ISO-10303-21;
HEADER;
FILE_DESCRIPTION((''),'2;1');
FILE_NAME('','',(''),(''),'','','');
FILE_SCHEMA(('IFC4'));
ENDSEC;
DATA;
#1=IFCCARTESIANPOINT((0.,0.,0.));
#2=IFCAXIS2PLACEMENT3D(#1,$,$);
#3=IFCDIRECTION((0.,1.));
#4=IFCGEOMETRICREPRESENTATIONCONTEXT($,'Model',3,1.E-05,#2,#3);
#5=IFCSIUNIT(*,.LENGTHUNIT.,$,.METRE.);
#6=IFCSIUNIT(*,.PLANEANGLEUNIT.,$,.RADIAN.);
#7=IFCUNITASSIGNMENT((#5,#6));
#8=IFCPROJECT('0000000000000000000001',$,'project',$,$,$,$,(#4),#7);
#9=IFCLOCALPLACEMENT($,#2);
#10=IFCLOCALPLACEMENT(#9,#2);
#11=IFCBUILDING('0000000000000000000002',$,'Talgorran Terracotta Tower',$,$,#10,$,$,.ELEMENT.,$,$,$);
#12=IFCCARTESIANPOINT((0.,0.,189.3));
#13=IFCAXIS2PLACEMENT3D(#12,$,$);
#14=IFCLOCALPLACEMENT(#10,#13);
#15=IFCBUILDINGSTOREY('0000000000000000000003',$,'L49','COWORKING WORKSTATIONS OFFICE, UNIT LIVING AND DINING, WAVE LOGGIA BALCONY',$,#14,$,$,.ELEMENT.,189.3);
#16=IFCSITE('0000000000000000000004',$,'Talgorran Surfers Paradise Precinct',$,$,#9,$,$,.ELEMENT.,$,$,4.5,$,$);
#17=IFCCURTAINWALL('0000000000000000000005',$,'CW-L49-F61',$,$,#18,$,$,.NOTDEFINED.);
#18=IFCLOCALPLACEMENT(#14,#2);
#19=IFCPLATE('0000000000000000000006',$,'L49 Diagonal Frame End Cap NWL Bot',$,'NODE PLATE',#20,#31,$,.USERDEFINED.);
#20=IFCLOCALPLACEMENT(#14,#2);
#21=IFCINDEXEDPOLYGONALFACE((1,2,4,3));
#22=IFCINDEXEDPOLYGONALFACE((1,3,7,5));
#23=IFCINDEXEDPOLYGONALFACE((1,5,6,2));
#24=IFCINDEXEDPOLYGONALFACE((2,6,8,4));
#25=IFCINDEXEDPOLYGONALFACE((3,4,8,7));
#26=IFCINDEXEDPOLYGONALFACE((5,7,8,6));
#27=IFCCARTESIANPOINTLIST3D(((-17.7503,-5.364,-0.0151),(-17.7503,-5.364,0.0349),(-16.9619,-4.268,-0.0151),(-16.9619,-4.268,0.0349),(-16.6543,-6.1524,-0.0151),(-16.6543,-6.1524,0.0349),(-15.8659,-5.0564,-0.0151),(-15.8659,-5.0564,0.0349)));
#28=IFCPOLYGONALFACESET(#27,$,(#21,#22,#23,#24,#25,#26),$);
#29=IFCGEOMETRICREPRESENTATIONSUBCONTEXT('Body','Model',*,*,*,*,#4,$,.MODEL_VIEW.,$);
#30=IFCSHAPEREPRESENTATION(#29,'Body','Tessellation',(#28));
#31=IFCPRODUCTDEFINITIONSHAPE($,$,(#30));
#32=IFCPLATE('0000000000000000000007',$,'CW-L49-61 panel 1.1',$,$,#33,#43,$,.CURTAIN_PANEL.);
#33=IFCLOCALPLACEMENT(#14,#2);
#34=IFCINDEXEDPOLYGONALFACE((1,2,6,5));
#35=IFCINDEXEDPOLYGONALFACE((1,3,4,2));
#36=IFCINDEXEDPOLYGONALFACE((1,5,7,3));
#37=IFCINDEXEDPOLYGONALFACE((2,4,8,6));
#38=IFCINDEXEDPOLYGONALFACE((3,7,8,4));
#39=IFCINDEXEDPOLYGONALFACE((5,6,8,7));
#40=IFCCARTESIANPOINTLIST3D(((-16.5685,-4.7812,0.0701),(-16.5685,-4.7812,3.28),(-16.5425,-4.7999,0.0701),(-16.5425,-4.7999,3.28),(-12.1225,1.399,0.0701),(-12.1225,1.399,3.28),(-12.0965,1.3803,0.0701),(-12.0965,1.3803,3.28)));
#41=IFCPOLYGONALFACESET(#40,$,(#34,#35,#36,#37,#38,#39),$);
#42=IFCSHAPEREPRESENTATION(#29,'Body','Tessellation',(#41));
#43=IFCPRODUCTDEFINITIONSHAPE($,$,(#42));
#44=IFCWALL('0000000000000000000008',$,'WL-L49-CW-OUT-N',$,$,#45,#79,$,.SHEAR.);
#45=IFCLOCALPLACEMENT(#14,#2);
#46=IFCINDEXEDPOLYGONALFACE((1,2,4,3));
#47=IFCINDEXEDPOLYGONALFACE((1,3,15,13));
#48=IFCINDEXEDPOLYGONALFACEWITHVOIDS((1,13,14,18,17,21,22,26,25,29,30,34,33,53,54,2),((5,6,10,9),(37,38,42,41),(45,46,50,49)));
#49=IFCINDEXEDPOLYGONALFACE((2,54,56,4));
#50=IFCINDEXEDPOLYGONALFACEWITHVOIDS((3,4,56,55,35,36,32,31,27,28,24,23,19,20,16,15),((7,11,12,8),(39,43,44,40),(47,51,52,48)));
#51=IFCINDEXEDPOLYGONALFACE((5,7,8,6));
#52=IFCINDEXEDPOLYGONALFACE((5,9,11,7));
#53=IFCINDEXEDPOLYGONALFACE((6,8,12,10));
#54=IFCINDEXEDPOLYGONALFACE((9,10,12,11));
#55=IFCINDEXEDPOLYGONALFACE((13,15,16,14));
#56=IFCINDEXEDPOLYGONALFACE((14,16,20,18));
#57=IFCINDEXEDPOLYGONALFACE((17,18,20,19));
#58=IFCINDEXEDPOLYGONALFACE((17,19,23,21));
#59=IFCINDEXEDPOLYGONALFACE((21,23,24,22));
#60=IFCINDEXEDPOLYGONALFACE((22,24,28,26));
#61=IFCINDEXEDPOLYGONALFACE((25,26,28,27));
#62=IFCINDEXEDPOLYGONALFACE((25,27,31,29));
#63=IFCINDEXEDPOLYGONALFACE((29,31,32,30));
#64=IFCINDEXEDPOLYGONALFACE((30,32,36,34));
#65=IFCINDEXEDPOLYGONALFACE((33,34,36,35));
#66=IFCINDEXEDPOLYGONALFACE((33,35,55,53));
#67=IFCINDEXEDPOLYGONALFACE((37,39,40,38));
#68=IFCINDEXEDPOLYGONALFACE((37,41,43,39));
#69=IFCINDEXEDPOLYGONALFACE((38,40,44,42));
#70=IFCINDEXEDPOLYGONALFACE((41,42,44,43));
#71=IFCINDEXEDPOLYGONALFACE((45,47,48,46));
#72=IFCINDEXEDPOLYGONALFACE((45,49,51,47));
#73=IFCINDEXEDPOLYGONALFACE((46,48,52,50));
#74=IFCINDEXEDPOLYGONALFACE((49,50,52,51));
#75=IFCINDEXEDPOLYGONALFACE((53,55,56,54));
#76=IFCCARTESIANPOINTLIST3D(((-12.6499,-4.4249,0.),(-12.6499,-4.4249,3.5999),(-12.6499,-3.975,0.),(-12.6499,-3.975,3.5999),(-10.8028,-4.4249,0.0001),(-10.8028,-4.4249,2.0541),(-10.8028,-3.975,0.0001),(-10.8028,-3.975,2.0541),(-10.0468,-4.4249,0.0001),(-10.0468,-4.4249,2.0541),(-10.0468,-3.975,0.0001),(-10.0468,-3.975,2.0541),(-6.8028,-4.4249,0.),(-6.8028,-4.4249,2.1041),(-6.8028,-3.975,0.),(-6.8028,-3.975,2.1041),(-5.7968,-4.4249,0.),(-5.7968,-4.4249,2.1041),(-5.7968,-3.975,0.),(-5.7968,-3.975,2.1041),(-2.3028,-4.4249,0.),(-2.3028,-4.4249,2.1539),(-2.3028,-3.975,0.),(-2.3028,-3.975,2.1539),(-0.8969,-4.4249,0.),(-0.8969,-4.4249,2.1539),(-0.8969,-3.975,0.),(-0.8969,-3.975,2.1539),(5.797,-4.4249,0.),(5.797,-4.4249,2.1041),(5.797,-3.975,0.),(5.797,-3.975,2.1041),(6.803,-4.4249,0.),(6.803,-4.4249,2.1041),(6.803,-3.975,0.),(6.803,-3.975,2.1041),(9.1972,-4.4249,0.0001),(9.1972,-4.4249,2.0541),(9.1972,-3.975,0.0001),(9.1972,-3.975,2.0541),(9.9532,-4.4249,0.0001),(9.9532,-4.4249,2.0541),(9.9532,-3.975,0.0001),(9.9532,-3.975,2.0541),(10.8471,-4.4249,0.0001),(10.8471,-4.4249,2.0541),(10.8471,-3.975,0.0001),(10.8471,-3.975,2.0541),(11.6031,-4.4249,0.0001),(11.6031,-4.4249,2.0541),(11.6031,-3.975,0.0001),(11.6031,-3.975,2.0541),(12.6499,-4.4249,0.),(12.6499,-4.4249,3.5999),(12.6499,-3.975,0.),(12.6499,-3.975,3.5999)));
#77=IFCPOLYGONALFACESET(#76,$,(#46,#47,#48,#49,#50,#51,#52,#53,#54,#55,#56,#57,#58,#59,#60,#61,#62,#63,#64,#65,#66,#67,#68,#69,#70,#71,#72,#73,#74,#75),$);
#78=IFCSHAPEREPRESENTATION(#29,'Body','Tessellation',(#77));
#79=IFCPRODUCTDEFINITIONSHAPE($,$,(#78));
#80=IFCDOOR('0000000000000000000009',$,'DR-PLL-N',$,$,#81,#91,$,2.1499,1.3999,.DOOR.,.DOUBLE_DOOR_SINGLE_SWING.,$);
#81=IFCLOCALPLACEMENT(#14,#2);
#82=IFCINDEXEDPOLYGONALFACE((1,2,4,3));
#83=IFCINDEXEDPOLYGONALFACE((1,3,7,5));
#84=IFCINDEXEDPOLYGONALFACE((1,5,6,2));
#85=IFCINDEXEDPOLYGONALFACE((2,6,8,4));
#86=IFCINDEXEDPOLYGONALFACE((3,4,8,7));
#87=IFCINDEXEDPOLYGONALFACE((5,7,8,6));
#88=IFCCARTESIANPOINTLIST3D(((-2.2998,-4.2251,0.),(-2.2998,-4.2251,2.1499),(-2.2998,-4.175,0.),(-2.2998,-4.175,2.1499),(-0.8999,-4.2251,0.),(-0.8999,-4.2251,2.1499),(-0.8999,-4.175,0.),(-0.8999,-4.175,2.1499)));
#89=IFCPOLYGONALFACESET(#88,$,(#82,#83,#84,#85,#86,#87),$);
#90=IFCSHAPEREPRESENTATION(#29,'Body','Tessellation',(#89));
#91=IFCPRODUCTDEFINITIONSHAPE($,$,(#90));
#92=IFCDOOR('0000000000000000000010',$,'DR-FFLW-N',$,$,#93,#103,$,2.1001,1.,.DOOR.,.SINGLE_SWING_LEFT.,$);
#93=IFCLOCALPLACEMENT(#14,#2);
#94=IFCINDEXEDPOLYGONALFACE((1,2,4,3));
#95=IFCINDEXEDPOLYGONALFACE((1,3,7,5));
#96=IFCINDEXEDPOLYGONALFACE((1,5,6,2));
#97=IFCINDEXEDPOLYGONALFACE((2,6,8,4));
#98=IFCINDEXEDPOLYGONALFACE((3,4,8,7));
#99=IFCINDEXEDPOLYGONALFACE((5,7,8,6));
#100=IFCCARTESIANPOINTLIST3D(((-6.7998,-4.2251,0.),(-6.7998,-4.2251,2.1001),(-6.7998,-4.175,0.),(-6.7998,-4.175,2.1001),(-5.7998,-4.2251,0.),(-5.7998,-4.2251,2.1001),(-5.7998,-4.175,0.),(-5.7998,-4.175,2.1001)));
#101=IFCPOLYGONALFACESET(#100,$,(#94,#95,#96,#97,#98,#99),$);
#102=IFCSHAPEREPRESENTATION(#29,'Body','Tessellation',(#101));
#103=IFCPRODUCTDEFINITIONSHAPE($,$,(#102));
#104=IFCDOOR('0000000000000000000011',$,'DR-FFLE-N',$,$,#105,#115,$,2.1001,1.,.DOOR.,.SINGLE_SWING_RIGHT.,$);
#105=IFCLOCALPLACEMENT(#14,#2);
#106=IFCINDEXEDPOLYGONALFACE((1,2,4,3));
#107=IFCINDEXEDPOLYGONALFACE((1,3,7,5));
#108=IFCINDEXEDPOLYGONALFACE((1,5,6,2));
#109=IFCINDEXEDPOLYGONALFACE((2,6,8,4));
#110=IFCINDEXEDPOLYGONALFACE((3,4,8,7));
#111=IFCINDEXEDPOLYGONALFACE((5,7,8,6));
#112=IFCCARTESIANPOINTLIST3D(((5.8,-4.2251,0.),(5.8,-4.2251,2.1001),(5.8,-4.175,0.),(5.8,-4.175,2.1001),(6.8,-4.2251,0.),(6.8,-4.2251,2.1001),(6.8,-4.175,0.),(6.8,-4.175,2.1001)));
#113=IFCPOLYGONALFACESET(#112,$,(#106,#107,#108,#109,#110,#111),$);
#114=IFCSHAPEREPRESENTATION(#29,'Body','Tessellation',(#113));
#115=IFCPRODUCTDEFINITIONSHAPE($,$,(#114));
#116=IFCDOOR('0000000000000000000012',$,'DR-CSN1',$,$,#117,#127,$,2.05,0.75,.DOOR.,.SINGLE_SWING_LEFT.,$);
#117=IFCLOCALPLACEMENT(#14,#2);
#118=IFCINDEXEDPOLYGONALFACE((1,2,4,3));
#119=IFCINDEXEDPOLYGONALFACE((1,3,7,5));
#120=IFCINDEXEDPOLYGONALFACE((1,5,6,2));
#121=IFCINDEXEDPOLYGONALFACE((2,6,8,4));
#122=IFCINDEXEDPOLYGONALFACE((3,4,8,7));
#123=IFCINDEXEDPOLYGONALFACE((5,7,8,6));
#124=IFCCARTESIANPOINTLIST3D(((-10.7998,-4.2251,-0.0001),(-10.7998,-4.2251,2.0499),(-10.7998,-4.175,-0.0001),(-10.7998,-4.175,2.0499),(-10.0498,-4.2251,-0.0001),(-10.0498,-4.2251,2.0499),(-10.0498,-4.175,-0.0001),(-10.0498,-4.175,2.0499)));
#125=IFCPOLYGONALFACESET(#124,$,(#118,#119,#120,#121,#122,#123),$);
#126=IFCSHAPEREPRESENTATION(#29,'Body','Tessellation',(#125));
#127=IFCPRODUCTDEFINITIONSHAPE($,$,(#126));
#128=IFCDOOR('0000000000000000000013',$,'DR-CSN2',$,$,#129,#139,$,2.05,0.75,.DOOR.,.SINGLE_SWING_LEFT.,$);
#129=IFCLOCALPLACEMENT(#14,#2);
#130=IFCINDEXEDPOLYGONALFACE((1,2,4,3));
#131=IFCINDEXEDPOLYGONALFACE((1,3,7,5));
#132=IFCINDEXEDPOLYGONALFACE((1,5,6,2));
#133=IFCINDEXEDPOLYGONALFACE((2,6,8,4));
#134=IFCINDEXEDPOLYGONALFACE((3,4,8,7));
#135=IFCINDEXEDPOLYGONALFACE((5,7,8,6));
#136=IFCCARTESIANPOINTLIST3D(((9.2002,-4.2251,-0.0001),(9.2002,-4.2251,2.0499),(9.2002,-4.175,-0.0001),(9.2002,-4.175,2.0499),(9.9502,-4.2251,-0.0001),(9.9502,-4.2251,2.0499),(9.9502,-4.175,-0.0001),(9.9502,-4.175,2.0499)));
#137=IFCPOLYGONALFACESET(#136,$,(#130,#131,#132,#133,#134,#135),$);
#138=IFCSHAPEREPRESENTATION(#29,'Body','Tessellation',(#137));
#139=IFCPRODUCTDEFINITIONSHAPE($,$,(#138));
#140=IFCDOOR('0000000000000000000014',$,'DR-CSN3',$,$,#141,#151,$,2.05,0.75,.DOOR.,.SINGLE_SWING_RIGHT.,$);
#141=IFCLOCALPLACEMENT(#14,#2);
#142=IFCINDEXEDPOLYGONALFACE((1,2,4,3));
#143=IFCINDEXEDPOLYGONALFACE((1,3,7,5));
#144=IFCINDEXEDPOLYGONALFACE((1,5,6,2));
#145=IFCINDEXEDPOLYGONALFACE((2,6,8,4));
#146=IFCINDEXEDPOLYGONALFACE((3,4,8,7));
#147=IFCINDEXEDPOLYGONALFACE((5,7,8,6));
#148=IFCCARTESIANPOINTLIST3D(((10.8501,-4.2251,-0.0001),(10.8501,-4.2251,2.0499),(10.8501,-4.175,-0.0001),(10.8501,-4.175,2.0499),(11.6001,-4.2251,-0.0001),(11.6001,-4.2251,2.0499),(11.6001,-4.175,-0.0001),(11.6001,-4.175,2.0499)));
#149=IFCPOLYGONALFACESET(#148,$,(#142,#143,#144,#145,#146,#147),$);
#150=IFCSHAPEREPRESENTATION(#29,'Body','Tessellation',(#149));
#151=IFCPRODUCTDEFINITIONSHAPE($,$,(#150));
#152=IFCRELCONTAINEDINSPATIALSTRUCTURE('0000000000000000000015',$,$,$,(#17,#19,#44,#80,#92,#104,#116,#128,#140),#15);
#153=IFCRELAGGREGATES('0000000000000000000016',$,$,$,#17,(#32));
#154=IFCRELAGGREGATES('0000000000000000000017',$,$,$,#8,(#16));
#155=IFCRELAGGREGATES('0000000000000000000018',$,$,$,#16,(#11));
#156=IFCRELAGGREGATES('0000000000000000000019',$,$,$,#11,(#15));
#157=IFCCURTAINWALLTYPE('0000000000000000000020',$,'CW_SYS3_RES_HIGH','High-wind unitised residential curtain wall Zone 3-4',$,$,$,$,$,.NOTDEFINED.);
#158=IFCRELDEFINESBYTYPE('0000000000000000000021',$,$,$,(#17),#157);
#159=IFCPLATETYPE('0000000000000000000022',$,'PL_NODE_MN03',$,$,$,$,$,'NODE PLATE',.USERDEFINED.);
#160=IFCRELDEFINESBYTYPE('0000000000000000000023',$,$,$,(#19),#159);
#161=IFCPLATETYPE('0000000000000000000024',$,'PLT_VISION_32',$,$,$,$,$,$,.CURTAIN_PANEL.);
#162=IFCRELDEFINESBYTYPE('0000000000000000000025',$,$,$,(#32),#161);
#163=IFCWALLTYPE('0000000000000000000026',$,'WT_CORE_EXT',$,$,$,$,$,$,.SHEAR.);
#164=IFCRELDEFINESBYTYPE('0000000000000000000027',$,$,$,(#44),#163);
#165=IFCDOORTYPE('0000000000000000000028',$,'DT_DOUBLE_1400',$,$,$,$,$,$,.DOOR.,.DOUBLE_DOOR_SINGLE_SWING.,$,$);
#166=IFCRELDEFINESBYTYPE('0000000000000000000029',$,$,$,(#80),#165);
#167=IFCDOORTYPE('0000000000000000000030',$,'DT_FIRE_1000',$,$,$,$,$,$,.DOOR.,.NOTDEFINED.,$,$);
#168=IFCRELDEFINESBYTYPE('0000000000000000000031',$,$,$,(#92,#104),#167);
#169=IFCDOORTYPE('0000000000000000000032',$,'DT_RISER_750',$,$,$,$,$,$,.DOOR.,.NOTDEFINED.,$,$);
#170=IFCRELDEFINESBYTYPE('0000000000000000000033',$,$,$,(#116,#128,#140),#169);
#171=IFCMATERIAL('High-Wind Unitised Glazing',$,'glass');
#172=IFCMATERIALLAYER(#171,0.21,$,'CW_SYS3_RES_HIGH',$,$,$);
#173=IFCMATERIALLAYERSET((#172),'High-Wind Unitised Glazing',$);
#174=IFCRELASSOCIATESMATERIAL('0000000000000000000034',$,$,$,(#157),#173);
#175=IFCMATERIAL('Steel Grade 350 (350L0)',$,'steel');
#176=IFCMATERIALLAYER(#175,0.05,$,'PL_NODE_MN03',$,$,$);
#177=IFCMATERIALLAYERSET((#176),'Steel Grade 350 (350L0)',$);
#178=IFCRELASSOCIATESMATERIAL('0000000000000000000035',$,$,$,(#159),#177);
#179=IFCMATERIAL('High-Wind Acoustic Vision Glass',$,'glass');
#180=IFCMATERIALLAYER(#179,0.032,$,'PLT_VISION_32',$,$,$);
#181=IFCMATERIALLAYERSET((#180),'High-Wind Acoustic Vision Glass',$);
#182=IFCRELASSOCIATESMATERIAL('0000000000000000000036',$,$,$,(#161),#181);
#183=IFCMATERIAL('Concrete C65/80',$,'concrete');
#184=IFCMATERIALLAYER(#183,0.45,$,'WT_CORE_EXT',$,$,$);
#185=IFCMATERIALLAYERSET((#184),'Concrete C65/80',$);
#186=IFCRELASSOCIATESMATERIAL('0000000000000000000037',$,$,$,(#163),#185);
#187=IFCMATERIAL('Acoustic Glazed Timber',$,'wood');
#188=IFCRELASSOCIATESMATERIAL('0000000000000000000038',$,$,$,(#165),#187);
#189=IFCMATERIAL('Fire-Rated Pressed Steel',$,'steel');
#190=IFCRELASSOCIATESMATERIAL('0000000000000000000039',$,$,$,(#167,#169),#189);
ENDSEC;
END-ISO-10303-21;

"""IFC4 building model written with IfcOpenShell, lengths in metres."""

from ifc_helpers import new_model, si_unit, direction, frame, frame_2d, origin, origin_2d, place, context, subcontext, project, spatial, rectangle, extrude, source, transform, mapped, material, layer, layer_set, type_object, type_shapes, element, fill, aggregate, save


model = new_model("IFC4")

# Units and contexts
model_context = context("Model", 3, precision=1e-05, world=origin(), true_north=direction((0.0, 1.0)))
body_context = subcontext(model_context, "Body", "Model", "MODEL_VIEW")
ifc_project = project(units=[si_unit("LENGTHUNIT", "METRE"), si_unit("PLANEANGLEUNIT", "RADIAN")], contexts=[model_context])

# Site, building, storey
site_placement = place(None, origin())
site = spatial("IfcSite", under=ifc_project, at=site_placement, Name="Talgorran Surfers Paradise Precinct", CompositionType="ELEMENT", RefElevation=4.5)
building_placement = place(site_placement, origin())
building = spatial("IfcBuilding", under=site, at=building_placement, Name="Talgorran Terracotta Tower", CompositionType="ELEMENT")
storey_placement = place(building_placement, frame((0.0, 0.0, 189.3)))
storey = spatial("IfcBuildingStorey", under=building, at=storey_placement, Name="L49", Description="COWORKING WORKSTATIONS OFFICE, UNIT LIVING AND DINING, WAVE LOGGIA BALCONY", CompositionType="ELEMENT", Elevation=189.3)

# Shared definitions
ifc_material_1 = material(Name="Steel Grade 350 (350L0)", Category="steel")

# Curtain wall
ifc_material_2 = material(Name="High-Wind Unitised Glazing", Category="glass")
ifc_layer_1 = layer(ifc_material_2, 0.21, Name="CW_SYS3_RES_HIGH")
ifc_layer_set_1 = layer_set([ifc_layer_1], Name="High-Wind Unitised Glazing")
curtain_wall_type = type_object("IfcCurtainWallType", Name="CW_SYS3_RES_HIGH", Description="High-wind unitised residential curtain wall Zone 3-4", PredefinedType="NOTDEFINED", material=ifc_layer_set_1)
curtain_wall_1_placement = place(storey_placement, origin())
curtain_wall_1 = element("IfcCurtainWall", 1, at=curtain_wall_1_placement, inside=storey, type_object=curtain_wall_type, Name="CW-L49-F61", PredefinedType="NOTDEFINED")

# Plates
ifc_layer_2 = layer(ifc_material_1, 0.05, Name="PL_NODE_MN03")
ifc_layer_set_2 = layer_set([ifc_layer_2], Name="Steel Grade 350 (350L0)")
plate_type_1 = type_object("IfcPlateType", Name="PL_NODE_MN03", ElementType="NODE PLATE", PredefinedType="USERDEFINED", material=ifc_layer_set_2)
plate_1_placement = place(storey_placement, frame((-16.8081, -5.2102, -0.0151), z_axis=(0.0, 0.0, 1.0), x_axis=(-0.583966, -0.811778, 0.0)))
element("IfcPlate", 2, at=plate_1_placement, inside=storey, type_object=plate_type_1, Name="L49 Diagonal Frame End Cap NWL Bot", ObjectType="NODE PLATE", PredefinedType="USERDEFINED", context=body_context, shape_type="SweptSolid", body=[
    extrude(rectangle(XDim=1.3501, YDim=1.3501, at=origin_2d()), origin(), (0.0, 0.0, 1.0), 0.05),
])
ifc_material_3 = material(Name="High-Wind Acoustic Vision Glass", Category="glass")
ifc_layer_3 = layer(ifc_material_3, 0.032, Name="PLT_VISION_32")
ifc_layer_set_3 = layer_set([ifc_layer_3], Name="High-Wind Acoustic Vision Glass")
plate_type_2 = type_object("IfcPlateType", Name="PLT_VISION_32", PredefinedType="CURTAIN_PANEL", material=ifc_layer_set_3)
shared_shape = source(origin(), body_context, "Body", "SweptSolid", [
    extrude(rectangle(XDim=7.6133, YDim=0.032, at=origin_2d()), origin(), (0.0, 0.0, 1.0), 3.21),
])
type_shapes(plate_type_2, [shared_shape])
plate_2_placement = place(storey_placement, frame((-14.3325, -1.7004, 0.0701), z_axis=(0.0, 0.0, 1.0), x_axis=(-0.583981, -0.811767, 0.0)))
plate_2 = element("IfcPlate", 3, at=plate_2_placement, type_object=plate_type_2, Name="CW-L49-61 panel 1.1", PredefinedType="CURTAIN_PANEL", context=body_context, shape_type="MappedRepresentation", body=[
    mapped(shared_shape, transform((0.0, 0.0, 0.0), scale=1.0)),
])
aggregate(curtain_wall_1, [plate_2])

# Wall, openings, doors
ifc_material_4 = material(Name="Concrete C65/80", Category="concrete")
ifc_layer_4 = layer(ifc_material_4, 0.45, Name="WT_CORE_EXT")
ifc_layer_set_4 = layer_set([ifc_layer_4], Name="Concrete C65/80")
wall_type_1 = type_object("IfcWallType", Name="WT_CORE_EXT", PredefinedType="SHEAR", material=ifc_layer_set_4)
wall_1_placement = place(storey_placement, frame((-12.6499, -4.2, 0.0), z_axis=(0.0, 0.0, 1.0), x_axis=(1.0, 0.0, 0.0)))
wall_1 = element("IfcWall", 4, at=wall_1_placement, inside=storey, type_object=wall_type_1, Name="WL-L49-CW-OUT-N", PredefinedType="SHEAR", context=body_context, shape_type="SweptSolid", body=[
    extrude(rectangle(XDim=25.2998, YDim=0.45, at=frame_2d((12.6499, 0.0))), origin(), (0.0, 0.0, 1.0), 3.5999),
])
opening_1_placement = place(wall_1_placement, frame((1.8501, 0.0, 0.0)))
opening_1 = element("IfcOpeningElement", 5, at=opening_1_placement, cuts=wall_1, PredefinedType="OPENING", context=body_context, shape_type="SweptSolid", body=[
    extrude(rectangle(XDim=0.756, YDim=2.054, at=frame_2d((0.375, 1.0271))), frame((0.0, 0.2349, 0.0), z_axis=(0.0, -1.0, 0.0), x_axis=(1.0, 0.0, 0.0)), (0.0, 0.0, 1.0), 0.47),
])
opening_2_placement = place(wall_1_placement, frame((21.8501, 0.0, 0.0)))
opening_2 = element("IfcOpeningElement", 6, at=opening_2_placement, cuts=wall_1, PredefinedType="OPENING", context=body_context, shape_type="SweptSolid", body=[
    extrude(rectangle(XDim=0.756, YDim=2.054, at=frame_2d((0.375, 1.0271))), frame((0.0, 0.2349, 0.0), z_axis=(0.0, -1.0, 0.0), x_axis=(1.0, 0.0, 0.0)), (0.0, 0.0, 1.0), 0.47),
])
opening_3_placement = place(wall_1_placement, frame((23.5, 0.0, 0.0)))
opening_3 = element("IfcOpeningElement", 7, at=opening_3_placement, cuts=wall_1, PredefinedType="OPENING", context=body_context, shape_type="SweptSolid", body=[
    extrude(rectangle(XDim=0.756, YDim=2.054, at=frame_2d((0.375, 1.0271))), frame((0.0, 0.2349, 0.0), z_axis=(0.0, -1.0, 0.0), x_axis=(1.0, 0.0, 0.0)), (0.0, 0.0, 1.0), 0.47),
])
opening_4_placement = place(wall_1_placement, frame((5.8501, 0.0, 0.0)))
opening_4 = element("IfcOpeningElement", 8, at=opening_4_placement, cuts=wall_1, PredefinedType="OPENING", context=body_context, shape_type="SweptSolid", body=[
    extrude(rectangle(XDim=1.006, YDim=2.1041, at=frame_2d((0.5, 1.052))), frame((0.0, 0.2349, 0.0), z_axis=(0.0, -1.0, 0.0), x_axis=(1.0, 0.0, 0.0)), (0.0, 0.0, 1.0), 0.47),
])
opening_5_placement = place(wall_1_placement, frame((10.3501, 0.0, 0.0)))
opening_5 = element("IfcOpeningElement", 9, at=opening_5_placement, cuts=wall_1, PredefinedType="OPENING", context=body_context, shape_type="SweptSolid", body=[
    extrude(rectangle(XDim=1.4059, YDim=2.1539, at=frame_2d((0.7, 1.0769))), frame((0.0, 0.2349, 0.0), z_axis=(0.0, -1.0, 0.0), x_axis=(1.0, 0.0, 0.0)), (0.0, 0.0, 1.0), 0.47),
])
opening_6_placement = place(wall_1_placement, frame((18.45, 0.0, 0.0)))
opening_6 = element("IfcOpeningElement", 10, at=opening_6_placement, cuts=wall_1, PredefinedType="OPENING", context=body_context, shape_type="SweptSolid", body=[
    extrude(rectangle(XDim=1.006, YDim=2.1041, at=frame_2d((0.5, 1.052))), frame((0.0, 0.2349, 0.0), z_axis=(0.0, -1.0, 0.0), x_axis=(1.0, 0.0, 0.0)), (0.0, 0.0, 1.0), 0.47),
])
ifc_material_5 = material(Name="Acoustic Glazed Timber", Category="wood")
door_type_1 = type_object("IfcDoorType", Name="DT_DOUBLE_1400", OperationType="DOUBLE_DOOR_SINGLE_SWING", PredefinedType="DOOR", material=ifc_material_5)
door_1_placement = place(opening_5_placement, origin())
door_1 = element("IfcDoor", 11, at=door_1_placement, inside=storey, type_object=door_type_1, Name="DR-PLL-N", OperationType="DOUBLE_DOOR_SINGLE_SWING", OverallHeight=2.1499, OverallWidth=1.3999, PredefinedType="DOOR", context=body_context, shape_type="SweptSolid", body=[
    extrude(rectangle(XDim=1.3999, YDim=2.1499, at=frame_2d((0.7, 1.075))), frame((0.0, 0.0249, 0.0), z_axis=(0.0, -1.0, 0.0), x_axis=(1.0, 0.0, 0.0)), (0.0, 0.0, 1.0), 0.05),
])
fill(opening_5, door_1)
ifc_material_6 = material(Name="Fire-Rated Pressed Steel", Category="steel")
door_type_2 = type_object("IfcDoorType", Name="DT_FIRE_1000", OperationType="NOTDEFINED", PredefinedType="DOOR", material=ifc_material_6)
door_2_placement = place(opening_4_placement, origin())
door_2 = element("IfcDoor", 12, at=door_2_placement, inside=storey, type_object=door_type_2, Name="DR-FFLW-N", OperationType="SINGLE_SWING_LEFT", OverallHeight=2.1001, OverallWidth=1.0, PredefinedType="DOOR", context=body_context, shape_type="SweptSolid", body=[
    extrude(rectangle(XDim=1.0, YDim=2.1001, at=frame_2d((0.5, 1.05))), frame((0.0, 0.0249, 0.0), z_axis=(0.0, -1.0, 0.0), x_axis=(1.0, 0.0, 0.0)), (0.0, 0.0, 1.0), 0.05),
])
fill(opening_4, door_2)
door_3_placement = place(opening_6_placement, origin())
door_3 = element("IfcDoor", 13, at=door_3_placement, inside=storey, type_object=door_type_2, Name="DR-FFLE-N", OperationType="SINGLE_SWING_RIGHT", OverallHeight=2.1001, OverallWidth=1.0, PredefinedType="DOOR", context=body_context, shape_type="SweptSolid", body=[
    extrude(rectangle(XDim=1.0, YDim=2.1001, at=frame_2d((0.5, 1.05))), frame((0.0, 0.0249, 0.0), z_axis=(0.0, -1.0, 0.0), x_axis=(1.0, 0.0, 0.0)), (0.0, 0.0, 1.0), 0.05),
])
fill(opening_6, door_3)
door_type_3 = type_object("IfcDoorType", Name="DT_RISER_750", OperationType="NOTDEFINED", PredefinedType="DOOR", material=ifc_material_6)
door_4_placement = place(opening_1_placement, origin())
door_4 = element("IfcDoor", 14, at=door_4_placement, inside=storey, type_object=door_type_3, Name="DR-CSN1", OperationType="SINGLE_SWING_LEFT", OverallHeight=2.05, OverallWidth=0.75, PredefinedType="DOOR", context=body_context, shape_type="SweptSolid", body=[
    extrude(rectangle(XDim=0.75, YDim=2.05, at=frame_2d((0.375, 1.0249))), frame((0.0, 0.0249, 0.0), z_axis=(0.0, -1.0, 0.0), x_axis=(1.0, 0.0, 0.0)), (0.0, 0.0, 1.0), 0.05),
])
fill(opening_1, door_4)
door_5_placement = place(opening_2_placement, origin())
door_5 = element("IfcDoor", 15, at=door_5_placement, inside=storey, type_object=door_type_3, Name="DR-CSN2", OperationType="SINGLE_SWING_LEFT", OverallHeight=2.05, OverallWidth=0.75, PredefinedType="DOOR", context=body_context, shape_type="SweptSolid", body=[
    extrude(rectangle(XDim=0.75, YDim=2.05, at=frame_2d((0.375, 1.0249))), frame((0.0, 0.0249, 0.0), z_axis=(0.0, -1.0, 0.0), x_axis=(1.0, 0.0, 0.0)), (0.0, 0.0, 1.0), 0.05),
])
fill(opening_2, door_5)
door_6_placement = place(opening_3_placement, origin())
door_6 = element("IfcDoor", 16, at=door_6_placement, inside=storey, type_object=door_type_3, Name="DR-CSN3", OperationType="SINGLE_SWING_RIGHT", OverallHeight=2.05, OverallWidth=0.75, PredefinedType="DOOR", context=body_context, shape_type="SweptSolid", body=[
    extrude(rectangle(XDim=0.75, YDim=2.05, at=frame_2d((0.375, 1.0249))), frame((0.0, 0.0249, 0.0), z_axis=(0.0, -1.0, 0.0), x_axis=(1.0, 0.0, 0.0)), (0.0, 0.0, 1.0), 0.05),
])
fill(opening_3, door_6)

save(model, "model.ifc")
